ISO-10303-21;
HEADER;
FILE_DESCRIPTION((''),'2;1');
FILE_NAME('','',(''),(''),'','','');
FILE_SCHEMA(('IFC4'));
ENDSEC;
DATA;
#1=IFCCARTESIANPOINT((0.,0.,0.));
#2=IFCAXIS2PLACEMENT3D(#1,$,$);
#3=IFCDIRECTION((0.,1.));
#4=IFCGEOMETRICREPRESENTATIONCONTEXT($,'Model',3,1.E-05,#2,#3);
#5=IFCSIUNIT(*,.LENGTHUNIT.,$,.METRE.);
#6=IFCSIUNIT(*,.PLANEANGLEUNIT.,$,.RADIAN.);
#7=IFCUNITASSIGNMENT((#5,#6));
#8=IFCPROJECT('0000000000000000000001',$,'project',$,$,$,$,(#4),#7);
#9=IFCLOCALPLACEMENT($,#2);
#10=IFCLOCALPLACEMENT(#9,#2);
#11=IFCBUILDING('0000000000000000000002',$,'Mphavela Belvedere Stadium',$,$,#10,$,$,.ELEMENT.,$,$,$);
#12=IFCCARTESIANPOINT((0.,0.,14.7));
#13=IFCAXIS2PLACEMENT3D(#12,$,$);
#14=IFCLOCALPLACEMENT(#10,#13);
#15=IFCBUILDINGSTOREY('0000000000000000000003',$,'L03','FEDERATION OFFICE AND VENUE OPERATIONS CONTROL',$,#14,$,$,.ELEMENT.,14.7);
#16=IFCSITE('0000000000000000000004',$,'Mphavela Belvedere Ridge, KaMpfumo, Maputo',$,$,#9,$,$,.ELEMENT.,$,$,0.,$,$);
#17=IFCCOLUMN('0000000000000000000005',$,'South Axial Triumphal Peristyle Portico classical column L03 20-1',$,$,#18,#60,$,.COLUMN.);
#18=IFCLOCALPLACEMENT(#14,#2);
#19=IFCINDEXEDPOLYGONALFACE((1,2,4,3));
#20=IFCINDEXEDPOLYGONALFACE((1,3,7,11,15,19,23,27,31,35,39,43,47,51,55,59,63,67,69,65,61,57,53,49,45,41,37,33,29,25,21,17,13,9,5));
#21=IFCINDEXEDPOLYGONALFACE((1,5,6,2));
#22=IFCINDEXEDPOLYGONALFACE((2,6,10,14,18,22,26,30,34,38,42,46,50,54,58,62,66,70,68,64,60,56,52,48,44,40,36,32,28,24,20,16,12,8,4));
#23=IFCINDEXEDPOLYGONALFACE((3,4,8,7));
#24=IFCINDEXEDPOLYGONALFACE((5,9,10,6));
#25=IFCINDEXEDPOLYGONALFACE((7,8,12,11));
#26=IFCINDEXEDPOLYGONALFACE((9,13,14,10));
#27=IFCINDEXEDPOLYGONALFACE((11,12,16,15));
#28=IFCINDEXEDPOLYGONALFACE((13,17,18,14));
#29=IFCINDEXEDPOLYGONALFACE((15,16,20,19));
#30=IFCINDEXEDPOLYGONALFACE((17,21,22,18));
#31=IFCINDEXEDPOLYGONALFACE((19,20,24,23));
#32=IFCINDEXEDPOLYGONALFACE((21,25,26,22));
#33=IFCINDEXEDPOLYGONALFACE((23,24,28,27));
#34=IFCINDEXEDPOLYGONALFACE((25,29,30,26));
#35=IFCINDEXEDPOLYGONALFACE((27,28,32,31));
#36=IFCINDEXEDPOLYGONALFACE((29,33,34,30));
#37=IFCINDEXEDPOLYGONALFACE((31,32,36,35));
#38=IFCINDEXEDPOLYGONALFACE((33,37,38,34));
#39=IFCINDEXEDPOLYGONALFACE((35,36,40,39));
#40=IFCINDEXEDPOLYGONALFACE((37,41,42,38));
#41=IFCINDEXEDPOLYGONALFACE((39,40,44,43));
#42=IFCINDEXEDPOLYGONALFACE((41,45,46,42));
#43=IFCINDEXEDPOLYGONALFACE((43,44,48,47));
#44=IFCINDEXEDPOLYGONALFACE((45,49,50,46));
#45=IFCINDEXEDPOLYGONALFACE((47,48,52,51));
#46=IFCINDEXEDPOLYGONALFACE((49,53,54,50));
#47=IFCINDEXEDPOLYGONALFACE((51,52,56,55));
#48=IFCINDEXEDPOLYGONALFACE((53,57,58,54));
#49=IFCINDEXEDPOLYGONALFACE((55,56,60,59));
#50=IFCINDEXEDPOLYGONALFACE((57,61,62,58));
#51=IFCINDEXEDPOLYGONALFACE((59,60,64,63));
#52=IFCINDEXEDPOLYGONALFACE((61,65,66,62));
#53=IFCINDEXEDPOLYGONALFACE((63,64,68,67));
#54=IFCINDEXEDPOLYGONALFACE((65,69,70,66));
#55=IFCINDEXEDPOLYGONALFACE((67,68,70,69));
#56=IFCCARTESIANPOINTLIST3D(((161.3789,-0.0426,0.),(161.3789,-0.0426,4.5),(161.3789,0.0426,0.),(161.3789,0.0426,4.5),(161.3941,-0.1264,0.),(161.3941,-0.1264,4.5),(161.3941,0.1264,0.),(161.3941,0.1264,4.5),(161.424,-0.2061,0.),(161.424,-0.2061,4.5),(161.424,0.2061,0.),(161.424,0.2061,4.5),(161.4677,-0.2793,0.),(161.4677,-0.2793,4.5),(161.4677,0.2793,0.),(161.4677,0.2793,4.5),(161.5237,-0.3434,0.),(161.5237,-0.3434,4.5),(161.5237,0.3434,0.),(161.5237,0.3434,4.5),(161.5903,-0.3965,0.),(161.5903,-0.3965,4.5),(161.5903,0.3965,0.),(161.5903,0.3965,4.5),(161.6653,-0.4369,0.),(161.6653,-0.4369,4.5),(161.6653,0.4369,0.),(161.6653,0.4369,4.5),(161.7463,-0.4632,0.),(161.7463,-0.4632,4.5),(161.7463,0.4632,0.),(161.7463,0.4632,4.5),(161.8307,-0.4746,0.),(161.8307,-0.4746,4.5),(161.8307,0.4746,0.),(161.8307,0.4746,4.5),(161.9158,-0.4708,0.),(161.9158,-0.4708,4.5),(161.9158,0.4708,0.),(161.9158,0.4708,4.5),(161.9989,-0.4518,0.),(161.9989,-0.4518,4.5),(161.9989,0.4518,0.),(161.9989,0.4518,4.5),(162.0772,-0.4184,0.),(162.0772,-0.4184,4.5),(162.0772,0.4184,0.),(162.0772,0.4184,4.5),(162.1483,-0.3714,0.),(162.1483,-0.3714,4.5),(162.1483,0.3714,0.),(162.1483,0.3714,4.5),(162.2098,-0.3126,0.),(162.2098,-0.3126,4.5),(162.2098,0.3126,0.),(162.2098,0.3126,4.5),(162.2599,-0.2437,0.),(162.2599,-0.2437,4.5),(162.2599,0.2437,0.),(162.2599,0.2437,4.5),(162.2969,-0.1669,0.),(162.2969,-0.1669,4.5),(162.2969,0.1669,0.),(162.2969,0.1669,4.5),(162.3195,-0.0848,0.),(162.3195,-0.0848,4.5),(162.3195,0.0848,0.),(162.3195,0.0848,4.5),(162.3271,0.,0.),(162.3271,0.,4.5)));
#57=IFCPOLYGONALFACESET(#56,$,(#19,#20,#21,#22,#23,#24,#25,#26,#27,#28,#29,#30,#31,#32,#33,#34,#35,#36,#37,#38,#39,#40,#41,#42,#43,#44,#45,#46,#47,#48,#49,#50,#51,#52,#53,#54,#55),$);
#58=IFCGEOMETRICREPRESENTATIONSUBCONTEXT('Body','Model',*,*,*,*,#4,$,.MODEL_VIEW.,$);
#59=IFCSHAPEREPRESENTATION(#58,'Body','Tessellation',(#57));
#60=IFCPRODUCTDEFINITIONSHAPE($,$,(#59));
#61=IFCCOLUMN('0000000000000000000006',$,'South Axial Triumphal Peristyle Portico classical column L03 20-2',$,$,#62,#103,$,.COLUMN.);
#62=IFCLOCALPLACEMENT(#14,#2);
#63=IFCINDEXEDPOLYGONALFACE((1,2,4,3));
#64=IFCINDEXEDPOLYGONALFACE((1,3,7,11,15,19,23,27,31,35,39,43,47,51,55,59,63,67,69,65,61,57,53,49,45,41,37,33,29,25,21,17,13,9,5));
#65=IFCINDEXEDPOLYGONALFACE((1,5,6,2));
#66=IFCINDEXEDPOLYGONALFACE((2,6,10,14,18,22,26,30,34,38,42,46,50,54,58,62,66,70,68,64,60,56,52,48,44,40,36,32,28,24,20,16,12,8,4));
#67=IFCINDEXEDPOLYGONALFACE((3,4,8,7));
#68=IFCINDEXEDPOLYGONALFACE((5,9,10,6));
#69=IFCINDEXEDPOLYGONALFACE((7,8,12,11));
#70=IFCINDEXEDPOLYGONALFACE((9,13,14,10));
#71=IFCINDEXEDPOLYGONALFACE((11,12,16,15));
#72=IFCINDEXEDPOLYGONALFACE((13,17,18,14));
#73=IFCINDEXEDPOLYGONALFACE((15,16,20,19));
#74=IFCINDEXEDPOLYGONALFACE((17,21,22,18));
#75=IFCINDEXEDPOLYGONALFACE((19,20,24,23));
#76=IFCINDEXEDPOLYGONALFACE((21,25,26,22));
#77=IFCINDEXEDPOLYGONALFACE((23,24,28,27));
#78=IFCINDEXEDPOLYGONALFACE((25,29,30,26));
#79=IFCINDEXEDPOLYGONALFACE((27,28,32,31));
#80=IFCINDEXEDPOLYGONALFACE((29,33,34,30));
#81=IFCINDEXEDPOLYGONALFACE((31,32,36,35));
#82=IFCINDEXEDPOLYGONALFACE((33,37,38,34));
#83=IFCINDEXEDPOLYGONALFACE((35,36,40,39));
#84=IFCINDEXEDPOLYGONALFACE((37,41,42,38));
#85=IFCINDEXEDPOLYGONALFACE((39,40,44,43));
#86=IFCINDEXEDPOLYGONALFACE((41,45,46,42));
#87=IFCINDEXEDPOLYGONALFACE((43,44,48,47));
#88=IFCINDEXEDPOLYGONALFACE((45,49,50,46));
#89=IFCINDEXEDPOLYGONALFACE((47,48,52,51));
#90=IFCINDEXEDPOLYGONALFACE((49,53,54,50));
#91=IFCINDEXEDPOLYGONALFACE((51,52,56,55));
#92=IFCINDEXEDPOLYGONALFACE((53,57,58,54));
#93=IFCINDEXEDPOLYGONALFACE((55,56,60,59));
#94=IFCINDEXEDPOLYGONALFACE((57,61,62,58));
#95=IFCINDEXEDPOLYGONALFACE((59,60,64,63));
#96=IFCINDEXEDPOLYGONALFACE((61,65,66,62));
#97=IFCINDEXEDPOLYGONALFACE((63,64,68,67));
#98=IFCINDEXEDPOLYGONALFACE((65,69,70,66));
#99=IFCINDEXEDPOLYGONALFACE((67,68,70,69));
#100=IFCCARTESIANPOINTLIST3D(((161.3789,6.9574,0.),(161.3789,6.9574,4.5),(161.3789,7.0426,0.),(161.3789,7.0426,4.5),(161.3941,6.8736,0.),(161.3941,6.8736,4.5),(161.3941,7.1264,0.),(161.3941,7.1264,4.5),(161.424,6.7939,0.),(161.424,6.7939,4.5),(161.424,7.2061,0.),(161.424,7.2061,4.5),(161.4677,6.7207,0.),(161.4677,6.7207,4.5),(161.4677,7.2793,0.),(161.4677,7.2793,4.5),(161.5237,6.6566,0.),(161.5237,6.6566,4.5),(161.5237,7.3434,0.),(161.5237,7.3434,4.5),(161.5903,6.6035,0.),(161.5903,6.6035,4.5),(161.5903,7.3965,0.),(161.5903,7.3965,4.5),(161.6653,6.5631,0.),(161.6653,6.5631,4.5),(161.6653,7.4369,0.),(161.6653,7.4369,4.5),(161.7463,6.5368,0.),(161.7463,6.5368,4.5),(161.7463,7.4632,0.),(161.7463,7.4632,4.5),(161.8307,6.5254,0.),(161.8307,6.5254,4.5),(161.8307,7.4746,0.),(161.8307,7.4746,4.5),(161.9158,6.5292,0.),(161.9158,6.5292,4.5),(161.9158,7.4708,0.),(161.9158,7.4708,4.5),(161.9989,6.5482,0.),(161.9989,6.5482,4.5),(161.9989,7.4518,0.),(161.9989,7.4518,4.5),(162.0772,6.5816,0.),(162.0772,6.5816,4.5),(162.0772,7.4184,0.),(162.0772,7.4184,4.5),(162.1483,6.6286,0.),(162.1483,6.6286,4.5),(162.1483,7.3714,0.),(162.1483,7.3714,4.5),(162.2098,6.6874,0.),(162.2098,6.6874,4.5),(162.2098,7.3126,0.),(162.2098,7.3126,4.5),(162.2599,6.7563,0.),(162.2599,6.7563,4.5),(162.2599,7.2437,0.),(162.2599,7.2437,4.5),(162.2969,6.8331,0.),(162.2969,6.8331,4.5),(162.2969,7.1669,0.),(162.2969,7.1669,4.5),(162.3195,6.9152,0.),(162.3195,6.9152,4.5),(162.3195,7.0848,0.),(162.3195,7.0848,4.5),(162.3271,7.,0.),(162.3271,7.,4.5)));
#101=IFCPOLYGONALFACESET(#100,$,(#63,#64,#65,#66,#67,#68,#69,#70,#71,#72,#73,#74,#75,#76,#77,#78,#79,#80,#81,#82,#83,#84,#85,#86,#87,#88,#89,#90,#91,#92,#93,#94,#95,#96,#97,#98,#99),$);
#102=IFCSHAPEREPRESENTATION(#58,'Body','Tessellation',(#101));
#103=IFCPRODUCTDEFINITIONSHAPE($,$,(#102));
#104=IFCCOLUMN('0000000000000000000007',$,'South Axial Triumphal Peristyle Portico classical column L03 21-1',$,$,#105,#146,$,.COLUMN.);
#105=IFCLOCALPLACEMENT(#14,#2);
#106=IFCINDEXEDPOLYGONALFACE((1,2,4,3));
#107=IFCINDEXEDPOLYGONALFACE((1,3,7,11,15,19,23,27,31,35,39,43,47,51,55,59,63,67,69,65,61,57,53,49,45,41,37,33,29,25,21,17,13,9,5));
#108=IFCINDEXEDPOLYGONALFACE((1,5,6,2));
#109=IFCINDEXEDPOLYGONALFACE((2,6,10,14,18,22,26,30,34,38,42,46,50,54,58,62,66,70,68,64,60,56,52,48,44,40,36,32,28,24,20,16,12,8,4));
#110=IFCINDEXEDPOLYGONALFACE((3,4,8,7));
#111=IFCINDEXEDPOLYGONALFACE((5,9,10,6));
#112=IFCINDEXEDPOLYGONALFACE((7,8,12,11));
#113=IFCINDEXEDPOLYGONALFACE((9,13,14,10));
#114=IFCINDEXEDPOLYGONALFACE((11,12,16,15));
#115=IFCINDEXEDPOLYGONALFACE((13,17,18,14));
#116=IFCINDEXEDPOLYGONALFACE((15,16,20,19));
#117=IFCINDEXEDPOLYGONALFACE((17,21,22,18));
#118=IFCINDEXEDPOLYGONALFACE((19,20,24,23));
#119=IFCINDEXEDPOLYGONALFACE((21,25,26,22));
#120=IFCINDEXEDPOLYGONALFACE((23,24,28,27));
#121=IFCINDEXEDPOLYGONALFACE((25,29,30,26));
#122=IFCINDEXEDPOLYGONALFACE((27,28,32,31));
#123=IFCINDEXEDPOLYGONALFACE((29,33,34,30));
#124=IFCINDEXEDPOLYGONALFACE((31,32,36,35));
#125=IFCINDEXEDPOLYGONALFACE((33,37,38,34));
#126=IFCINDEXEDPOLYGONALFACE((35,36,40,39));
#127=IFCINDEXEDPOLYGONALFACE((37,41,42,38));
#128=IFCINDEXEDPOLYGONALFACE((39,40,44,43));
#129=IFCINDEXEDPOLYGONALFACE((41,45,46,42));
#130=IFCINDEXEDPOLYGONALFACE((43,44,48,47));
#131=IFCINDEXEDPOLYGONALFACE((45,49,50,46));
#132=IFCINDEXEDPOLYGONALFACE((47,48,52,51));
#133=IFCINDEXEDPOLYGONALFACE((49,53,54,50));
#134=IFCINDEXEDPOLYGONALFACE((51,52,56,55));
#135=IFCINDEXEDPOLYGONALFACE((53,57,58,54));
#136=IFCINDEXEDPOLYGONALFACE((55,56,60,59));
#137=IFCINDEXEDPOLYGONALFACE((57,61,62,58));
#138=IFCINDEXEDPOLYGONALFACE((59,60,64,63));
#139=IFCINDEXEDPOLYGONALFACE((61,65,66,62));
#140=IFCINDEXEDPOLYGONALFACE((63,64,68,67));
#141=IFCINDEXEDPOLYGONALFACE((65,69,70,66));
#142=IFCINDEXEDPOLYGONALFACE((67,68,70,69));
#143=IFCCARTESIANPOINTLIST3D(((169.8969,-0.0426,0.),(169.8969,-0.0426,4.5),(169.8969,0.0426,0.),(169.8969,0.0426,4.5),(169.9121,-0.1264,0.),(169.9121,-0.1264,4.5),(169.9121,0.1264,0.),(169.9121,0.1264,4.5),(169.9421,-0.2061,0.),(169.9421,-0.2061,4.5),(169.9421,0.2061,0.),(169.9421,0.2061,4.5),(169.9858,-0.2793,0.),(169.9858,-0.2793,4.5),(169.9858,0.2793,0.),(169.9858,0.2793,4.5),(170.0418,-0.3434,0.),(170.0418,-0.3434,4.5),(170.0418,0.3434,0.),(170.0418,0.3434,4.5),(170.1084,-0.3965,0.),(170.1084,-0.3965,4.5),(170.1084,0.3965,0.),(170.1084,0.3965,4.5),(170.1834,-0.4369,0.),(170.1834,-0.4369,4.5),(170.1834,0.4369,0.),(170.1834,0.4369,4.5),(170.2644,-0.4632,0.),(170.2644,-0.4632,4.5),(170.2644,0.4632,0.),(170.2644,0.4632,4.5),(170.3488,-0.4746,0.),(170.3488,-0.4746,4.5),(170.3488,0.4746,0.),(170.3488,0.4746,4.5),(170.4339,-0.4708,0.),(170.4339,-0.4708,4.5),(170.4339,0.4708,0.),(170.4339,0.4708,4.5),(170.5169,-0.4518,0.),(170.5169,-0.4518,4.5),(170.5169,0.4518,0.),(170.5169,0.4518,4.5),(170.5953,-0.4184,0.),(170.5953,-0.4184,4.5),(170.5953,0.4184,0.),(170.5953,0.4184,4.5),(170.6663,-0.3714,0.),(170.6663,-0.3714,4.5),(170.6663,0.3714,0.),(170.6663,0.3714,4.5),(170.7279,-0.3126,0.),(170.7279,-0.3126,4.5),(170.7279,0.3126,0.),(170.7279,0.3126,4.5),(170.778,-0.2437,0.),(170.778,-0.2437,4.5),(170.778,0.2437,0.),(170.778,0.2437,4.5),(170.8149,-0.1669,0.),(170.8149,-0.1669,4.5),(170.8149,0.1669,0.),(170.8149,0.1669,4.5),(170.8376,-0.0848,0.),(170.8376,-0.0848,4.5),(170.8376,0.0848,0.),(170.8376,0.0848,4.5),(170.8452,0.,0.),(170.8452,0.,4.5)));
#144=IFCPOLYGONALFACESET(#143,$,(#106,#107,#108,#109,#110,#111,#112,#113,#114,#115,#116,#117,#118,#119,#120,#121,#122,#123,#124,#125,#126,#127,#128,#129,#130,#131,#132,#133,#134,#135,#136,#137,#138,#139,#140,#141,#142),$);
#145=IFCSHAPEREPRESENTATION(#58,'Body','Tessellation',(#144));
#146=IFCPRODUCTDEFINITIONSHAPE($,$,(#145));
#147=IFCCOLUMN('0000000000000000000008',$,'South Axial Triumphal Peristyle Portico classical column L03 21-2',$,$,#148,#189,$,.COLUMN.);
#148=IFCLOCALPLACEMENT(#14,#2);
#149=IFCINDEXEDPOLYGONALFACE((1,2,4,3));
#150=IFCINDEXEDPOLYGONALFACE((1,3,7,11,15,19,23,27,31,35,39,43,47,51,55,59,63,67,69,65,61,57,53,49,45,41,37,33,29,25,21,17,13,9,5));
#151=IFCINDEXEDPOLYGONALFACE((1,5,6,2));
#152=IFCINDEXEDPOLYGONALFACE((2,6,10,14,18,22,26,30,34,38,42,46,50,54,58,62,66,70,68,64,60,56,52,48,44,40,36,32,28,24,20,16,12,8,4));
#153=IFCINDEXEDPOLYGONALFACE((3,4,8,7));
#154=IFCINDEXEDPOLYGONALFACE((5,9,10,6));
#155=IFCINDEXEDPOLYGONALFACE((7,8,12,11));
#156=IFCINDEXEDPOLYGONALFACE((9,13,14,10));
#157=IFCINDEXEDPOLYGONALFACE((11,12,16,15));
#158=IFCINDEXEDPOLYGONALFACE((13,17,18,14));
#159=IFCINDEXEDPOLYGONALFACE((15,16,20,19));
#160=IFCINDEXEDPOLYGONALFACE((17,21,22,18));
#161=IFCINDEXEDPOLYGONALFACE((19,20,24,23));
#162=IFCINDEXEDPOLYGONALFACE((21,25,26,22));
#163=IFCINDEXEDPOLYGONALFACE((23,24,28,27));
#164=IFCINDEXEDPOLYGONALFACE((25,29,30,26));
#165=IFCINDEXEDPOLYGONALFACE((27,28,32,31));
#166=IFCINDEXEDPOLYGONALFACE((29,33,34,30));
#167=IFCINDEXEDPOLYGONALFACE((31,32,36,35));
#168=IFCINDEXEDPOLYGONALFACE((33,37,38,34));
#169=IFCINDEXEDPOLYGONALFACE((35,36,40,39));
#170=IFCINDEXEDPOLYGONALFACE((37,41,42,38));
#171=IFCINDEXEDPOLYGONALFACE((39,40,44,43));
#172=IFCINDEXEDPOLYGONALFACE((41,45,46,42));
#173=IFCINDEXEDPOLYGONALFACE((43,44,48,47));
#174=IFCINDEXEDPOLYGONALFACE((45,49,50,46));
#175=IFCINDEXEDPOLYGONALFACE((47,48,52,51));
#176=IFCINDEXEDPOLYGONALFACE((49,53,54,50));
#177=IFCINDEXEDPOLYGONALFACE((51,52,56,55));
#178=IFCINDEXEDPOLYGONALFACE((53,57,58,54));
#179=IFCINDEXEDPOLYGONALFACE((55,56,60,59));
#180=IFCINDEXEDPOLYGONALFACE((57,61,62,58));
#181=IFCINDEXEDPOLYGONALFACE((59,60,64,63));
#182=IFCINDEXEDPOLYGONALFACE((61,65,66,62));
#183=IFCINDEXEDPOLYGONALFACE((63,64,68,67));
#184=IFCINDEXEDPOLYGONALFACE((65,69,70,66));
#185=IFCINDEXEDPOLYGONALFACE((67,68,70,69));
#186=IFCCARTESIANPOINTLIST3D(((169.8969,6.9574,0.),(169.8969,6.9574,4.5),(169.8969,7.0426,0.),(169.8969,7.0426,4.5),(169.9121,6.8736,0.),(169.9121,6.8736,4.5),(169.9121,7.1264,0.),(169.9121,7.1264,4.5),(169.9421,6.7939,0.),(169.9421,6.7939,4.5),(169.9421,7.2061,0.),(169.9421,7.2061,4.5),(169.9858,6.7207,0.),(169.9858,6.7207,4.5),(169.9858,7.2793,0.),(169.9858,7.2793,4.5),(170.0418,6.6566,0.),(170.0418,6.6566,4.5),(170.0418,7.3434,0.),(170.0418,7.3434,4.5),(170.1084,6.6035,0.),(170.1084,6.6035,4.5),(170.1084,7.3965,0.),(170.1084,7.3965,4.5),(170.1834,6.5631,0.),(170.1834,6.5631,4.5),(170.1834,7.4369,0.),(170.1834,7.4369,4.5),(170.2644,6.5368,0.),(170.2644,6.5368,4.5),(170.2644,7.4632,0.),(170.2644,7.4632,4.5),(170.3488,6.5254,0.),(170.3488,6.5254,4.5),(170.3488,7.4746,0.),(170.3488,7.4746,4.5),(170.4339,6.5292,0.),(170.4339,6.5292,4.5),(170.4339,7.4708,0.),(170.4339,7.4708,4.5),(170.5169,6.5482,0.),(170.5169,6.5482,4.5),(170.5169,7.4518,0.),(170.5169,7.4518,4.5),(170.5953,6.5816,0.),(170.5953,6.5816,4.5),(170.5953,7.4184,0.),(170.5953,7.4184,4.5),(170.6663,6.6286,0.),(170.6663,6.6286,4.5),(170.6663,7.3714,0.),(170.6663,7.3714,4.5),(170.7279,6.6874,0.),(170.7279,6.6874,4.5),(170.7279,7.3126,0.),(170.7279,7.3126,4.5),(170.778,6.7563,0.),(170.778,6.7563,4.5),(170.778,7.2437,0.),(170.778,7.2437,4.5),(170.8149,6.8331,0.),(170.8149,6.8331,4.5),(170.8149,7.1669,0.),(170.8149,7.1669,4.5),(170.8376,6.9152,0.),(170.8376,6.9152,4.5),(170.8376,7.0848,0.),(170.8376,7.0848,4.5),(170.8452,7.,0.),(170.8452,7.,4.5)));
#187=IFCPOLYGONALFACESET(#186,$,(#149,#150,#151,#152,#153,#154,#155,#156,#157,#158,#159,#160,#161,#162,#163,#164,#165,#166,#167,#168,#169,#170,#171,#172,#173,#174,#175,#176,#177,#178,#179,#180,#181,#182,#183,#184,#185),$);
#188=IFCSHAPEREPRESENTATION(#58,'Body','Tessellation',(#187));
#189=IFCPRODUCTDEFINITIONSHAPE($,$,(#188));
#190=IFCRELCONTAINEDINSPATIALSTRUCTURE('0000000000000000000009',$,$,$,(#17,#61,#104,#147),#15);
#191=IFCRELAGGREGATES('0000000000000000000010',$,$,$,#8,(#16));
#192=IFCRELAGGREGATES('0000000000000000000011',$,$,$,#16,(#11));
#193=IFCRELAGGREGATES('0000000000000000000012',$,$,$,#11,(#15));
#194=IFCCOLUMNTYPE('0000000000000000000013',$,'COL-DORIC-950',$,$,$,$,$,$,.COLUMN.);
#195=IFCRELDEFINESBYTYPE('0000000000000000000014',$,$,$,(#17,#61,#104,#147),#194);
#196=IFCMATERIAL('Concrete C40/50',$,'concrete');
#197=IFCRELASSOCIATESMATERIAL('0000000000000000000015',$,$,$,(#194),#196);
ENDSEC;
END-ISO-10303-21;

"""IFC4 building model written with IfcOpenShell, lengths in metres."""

from ifc_helpers import new_model, si_unit, direction, frame, origin, origin_2d, place, context, subcontext, project, spatial, circle, extrude, material, material_profile, profile_set, type_object, element, save


model = new_model("IFC4")

# Units and contexts
model_context = context("Model", 3, precision=1e-05, world=origin(), true_north=direction((0.0, 1.0)))
body_context = subcontext(model_context, "Body", "Model", "MODEL_VIEW")
ifc_project = project(units=[si_unit("LENGTHUNIT", "METRE"), si_unit("PLANEANGLEUNIT", "RADIAN")], contexts=[model_context])

# Site, building, storey
site_placement = place(None, origin())
site = spatial("IfcSite", under=ifc_project, at=site_placement, Name="Mphavela Belvedere Ridge, KaMpfumo, Maputo", CompositionType="ELEMENT", RefElevation=0.0)
building_placement = place(site_placement, origin())
building = spatial("IfcBuilding", under=site, at=building_placement, Name="Mphavela Belvedere Stadium", CompositionType="ELEMENT")
storey_placement = place(building_placement, frame((0.0, 0.0, 14.7)))
storey = spatial("IfcBuildingStorey", under=building, at=storey_placement, Name="L03", Description="FEDERATION OFFICE AND VENUE OPERATIONS CONTROL", CompositionType="ELEMENT", Elevation=14.7)

# Columns
ifc_material_1 = material(Name="Concrete C40/50", Category="concrete")
ifc_material_profile_1 = material_profile(ifc_material_1, circle(Radius=0.4751, at=origin_2d()), Name="COL D950")
ifc_profile_set_1 = profile_set([ifc_material_profile_1], Name="Concrete C40/50")
column_type_1 = type_object("IfcColumnType", Name="COL-DORIC-950", PredefinedType="COLUMN", material=ifc_profile_set_1)
for number, where, z_axis, x_axis, name in (
    (1, (161.8521, 0.0, 0.0), (0.0, 0.0, 1.0), (1.0, 0.0, 0.0), "South Axial Triumphal Peristyle Portico classical column L03 20-1"),
    (2, (161.8521, 7.0, 0.0), (0.0, 0.0, 1.0), (1.0, 0.0, 0.0), "South Axial Triumphal Peristyle Portico classical column L03 20-2"),
    (3, (170.3701, 0.0, 0.0), (0.0, 0.0, 1.0), (1.0, 0.0, 0.0), "South Axial Triumphal Peristyle Portico classical column L03 21-1"),
    (4, (170.3701, 7.0, 0.0), (0.0, 0.0, 1.0), (1.0, 0.0, 0.0), "South Axial Triumphal Peristyle Portico classical column L03 21-2"),
):
    element("IfcColumn", number, at=place(storey_placement, frame(where, z_axis=z_axis, x_axis=x_axis)), inside=storey, type_object=column_type_1, Name=name, PredefinedType="COLUMN", context=body_context, shape_type="SweptSolid", body=[
        extrude(circle(Radius=0.4751, at=origin_2d()), origin(), (0.0, 0.0, 1.0), 4.5),
    ])

save(model, "model.ifc")
